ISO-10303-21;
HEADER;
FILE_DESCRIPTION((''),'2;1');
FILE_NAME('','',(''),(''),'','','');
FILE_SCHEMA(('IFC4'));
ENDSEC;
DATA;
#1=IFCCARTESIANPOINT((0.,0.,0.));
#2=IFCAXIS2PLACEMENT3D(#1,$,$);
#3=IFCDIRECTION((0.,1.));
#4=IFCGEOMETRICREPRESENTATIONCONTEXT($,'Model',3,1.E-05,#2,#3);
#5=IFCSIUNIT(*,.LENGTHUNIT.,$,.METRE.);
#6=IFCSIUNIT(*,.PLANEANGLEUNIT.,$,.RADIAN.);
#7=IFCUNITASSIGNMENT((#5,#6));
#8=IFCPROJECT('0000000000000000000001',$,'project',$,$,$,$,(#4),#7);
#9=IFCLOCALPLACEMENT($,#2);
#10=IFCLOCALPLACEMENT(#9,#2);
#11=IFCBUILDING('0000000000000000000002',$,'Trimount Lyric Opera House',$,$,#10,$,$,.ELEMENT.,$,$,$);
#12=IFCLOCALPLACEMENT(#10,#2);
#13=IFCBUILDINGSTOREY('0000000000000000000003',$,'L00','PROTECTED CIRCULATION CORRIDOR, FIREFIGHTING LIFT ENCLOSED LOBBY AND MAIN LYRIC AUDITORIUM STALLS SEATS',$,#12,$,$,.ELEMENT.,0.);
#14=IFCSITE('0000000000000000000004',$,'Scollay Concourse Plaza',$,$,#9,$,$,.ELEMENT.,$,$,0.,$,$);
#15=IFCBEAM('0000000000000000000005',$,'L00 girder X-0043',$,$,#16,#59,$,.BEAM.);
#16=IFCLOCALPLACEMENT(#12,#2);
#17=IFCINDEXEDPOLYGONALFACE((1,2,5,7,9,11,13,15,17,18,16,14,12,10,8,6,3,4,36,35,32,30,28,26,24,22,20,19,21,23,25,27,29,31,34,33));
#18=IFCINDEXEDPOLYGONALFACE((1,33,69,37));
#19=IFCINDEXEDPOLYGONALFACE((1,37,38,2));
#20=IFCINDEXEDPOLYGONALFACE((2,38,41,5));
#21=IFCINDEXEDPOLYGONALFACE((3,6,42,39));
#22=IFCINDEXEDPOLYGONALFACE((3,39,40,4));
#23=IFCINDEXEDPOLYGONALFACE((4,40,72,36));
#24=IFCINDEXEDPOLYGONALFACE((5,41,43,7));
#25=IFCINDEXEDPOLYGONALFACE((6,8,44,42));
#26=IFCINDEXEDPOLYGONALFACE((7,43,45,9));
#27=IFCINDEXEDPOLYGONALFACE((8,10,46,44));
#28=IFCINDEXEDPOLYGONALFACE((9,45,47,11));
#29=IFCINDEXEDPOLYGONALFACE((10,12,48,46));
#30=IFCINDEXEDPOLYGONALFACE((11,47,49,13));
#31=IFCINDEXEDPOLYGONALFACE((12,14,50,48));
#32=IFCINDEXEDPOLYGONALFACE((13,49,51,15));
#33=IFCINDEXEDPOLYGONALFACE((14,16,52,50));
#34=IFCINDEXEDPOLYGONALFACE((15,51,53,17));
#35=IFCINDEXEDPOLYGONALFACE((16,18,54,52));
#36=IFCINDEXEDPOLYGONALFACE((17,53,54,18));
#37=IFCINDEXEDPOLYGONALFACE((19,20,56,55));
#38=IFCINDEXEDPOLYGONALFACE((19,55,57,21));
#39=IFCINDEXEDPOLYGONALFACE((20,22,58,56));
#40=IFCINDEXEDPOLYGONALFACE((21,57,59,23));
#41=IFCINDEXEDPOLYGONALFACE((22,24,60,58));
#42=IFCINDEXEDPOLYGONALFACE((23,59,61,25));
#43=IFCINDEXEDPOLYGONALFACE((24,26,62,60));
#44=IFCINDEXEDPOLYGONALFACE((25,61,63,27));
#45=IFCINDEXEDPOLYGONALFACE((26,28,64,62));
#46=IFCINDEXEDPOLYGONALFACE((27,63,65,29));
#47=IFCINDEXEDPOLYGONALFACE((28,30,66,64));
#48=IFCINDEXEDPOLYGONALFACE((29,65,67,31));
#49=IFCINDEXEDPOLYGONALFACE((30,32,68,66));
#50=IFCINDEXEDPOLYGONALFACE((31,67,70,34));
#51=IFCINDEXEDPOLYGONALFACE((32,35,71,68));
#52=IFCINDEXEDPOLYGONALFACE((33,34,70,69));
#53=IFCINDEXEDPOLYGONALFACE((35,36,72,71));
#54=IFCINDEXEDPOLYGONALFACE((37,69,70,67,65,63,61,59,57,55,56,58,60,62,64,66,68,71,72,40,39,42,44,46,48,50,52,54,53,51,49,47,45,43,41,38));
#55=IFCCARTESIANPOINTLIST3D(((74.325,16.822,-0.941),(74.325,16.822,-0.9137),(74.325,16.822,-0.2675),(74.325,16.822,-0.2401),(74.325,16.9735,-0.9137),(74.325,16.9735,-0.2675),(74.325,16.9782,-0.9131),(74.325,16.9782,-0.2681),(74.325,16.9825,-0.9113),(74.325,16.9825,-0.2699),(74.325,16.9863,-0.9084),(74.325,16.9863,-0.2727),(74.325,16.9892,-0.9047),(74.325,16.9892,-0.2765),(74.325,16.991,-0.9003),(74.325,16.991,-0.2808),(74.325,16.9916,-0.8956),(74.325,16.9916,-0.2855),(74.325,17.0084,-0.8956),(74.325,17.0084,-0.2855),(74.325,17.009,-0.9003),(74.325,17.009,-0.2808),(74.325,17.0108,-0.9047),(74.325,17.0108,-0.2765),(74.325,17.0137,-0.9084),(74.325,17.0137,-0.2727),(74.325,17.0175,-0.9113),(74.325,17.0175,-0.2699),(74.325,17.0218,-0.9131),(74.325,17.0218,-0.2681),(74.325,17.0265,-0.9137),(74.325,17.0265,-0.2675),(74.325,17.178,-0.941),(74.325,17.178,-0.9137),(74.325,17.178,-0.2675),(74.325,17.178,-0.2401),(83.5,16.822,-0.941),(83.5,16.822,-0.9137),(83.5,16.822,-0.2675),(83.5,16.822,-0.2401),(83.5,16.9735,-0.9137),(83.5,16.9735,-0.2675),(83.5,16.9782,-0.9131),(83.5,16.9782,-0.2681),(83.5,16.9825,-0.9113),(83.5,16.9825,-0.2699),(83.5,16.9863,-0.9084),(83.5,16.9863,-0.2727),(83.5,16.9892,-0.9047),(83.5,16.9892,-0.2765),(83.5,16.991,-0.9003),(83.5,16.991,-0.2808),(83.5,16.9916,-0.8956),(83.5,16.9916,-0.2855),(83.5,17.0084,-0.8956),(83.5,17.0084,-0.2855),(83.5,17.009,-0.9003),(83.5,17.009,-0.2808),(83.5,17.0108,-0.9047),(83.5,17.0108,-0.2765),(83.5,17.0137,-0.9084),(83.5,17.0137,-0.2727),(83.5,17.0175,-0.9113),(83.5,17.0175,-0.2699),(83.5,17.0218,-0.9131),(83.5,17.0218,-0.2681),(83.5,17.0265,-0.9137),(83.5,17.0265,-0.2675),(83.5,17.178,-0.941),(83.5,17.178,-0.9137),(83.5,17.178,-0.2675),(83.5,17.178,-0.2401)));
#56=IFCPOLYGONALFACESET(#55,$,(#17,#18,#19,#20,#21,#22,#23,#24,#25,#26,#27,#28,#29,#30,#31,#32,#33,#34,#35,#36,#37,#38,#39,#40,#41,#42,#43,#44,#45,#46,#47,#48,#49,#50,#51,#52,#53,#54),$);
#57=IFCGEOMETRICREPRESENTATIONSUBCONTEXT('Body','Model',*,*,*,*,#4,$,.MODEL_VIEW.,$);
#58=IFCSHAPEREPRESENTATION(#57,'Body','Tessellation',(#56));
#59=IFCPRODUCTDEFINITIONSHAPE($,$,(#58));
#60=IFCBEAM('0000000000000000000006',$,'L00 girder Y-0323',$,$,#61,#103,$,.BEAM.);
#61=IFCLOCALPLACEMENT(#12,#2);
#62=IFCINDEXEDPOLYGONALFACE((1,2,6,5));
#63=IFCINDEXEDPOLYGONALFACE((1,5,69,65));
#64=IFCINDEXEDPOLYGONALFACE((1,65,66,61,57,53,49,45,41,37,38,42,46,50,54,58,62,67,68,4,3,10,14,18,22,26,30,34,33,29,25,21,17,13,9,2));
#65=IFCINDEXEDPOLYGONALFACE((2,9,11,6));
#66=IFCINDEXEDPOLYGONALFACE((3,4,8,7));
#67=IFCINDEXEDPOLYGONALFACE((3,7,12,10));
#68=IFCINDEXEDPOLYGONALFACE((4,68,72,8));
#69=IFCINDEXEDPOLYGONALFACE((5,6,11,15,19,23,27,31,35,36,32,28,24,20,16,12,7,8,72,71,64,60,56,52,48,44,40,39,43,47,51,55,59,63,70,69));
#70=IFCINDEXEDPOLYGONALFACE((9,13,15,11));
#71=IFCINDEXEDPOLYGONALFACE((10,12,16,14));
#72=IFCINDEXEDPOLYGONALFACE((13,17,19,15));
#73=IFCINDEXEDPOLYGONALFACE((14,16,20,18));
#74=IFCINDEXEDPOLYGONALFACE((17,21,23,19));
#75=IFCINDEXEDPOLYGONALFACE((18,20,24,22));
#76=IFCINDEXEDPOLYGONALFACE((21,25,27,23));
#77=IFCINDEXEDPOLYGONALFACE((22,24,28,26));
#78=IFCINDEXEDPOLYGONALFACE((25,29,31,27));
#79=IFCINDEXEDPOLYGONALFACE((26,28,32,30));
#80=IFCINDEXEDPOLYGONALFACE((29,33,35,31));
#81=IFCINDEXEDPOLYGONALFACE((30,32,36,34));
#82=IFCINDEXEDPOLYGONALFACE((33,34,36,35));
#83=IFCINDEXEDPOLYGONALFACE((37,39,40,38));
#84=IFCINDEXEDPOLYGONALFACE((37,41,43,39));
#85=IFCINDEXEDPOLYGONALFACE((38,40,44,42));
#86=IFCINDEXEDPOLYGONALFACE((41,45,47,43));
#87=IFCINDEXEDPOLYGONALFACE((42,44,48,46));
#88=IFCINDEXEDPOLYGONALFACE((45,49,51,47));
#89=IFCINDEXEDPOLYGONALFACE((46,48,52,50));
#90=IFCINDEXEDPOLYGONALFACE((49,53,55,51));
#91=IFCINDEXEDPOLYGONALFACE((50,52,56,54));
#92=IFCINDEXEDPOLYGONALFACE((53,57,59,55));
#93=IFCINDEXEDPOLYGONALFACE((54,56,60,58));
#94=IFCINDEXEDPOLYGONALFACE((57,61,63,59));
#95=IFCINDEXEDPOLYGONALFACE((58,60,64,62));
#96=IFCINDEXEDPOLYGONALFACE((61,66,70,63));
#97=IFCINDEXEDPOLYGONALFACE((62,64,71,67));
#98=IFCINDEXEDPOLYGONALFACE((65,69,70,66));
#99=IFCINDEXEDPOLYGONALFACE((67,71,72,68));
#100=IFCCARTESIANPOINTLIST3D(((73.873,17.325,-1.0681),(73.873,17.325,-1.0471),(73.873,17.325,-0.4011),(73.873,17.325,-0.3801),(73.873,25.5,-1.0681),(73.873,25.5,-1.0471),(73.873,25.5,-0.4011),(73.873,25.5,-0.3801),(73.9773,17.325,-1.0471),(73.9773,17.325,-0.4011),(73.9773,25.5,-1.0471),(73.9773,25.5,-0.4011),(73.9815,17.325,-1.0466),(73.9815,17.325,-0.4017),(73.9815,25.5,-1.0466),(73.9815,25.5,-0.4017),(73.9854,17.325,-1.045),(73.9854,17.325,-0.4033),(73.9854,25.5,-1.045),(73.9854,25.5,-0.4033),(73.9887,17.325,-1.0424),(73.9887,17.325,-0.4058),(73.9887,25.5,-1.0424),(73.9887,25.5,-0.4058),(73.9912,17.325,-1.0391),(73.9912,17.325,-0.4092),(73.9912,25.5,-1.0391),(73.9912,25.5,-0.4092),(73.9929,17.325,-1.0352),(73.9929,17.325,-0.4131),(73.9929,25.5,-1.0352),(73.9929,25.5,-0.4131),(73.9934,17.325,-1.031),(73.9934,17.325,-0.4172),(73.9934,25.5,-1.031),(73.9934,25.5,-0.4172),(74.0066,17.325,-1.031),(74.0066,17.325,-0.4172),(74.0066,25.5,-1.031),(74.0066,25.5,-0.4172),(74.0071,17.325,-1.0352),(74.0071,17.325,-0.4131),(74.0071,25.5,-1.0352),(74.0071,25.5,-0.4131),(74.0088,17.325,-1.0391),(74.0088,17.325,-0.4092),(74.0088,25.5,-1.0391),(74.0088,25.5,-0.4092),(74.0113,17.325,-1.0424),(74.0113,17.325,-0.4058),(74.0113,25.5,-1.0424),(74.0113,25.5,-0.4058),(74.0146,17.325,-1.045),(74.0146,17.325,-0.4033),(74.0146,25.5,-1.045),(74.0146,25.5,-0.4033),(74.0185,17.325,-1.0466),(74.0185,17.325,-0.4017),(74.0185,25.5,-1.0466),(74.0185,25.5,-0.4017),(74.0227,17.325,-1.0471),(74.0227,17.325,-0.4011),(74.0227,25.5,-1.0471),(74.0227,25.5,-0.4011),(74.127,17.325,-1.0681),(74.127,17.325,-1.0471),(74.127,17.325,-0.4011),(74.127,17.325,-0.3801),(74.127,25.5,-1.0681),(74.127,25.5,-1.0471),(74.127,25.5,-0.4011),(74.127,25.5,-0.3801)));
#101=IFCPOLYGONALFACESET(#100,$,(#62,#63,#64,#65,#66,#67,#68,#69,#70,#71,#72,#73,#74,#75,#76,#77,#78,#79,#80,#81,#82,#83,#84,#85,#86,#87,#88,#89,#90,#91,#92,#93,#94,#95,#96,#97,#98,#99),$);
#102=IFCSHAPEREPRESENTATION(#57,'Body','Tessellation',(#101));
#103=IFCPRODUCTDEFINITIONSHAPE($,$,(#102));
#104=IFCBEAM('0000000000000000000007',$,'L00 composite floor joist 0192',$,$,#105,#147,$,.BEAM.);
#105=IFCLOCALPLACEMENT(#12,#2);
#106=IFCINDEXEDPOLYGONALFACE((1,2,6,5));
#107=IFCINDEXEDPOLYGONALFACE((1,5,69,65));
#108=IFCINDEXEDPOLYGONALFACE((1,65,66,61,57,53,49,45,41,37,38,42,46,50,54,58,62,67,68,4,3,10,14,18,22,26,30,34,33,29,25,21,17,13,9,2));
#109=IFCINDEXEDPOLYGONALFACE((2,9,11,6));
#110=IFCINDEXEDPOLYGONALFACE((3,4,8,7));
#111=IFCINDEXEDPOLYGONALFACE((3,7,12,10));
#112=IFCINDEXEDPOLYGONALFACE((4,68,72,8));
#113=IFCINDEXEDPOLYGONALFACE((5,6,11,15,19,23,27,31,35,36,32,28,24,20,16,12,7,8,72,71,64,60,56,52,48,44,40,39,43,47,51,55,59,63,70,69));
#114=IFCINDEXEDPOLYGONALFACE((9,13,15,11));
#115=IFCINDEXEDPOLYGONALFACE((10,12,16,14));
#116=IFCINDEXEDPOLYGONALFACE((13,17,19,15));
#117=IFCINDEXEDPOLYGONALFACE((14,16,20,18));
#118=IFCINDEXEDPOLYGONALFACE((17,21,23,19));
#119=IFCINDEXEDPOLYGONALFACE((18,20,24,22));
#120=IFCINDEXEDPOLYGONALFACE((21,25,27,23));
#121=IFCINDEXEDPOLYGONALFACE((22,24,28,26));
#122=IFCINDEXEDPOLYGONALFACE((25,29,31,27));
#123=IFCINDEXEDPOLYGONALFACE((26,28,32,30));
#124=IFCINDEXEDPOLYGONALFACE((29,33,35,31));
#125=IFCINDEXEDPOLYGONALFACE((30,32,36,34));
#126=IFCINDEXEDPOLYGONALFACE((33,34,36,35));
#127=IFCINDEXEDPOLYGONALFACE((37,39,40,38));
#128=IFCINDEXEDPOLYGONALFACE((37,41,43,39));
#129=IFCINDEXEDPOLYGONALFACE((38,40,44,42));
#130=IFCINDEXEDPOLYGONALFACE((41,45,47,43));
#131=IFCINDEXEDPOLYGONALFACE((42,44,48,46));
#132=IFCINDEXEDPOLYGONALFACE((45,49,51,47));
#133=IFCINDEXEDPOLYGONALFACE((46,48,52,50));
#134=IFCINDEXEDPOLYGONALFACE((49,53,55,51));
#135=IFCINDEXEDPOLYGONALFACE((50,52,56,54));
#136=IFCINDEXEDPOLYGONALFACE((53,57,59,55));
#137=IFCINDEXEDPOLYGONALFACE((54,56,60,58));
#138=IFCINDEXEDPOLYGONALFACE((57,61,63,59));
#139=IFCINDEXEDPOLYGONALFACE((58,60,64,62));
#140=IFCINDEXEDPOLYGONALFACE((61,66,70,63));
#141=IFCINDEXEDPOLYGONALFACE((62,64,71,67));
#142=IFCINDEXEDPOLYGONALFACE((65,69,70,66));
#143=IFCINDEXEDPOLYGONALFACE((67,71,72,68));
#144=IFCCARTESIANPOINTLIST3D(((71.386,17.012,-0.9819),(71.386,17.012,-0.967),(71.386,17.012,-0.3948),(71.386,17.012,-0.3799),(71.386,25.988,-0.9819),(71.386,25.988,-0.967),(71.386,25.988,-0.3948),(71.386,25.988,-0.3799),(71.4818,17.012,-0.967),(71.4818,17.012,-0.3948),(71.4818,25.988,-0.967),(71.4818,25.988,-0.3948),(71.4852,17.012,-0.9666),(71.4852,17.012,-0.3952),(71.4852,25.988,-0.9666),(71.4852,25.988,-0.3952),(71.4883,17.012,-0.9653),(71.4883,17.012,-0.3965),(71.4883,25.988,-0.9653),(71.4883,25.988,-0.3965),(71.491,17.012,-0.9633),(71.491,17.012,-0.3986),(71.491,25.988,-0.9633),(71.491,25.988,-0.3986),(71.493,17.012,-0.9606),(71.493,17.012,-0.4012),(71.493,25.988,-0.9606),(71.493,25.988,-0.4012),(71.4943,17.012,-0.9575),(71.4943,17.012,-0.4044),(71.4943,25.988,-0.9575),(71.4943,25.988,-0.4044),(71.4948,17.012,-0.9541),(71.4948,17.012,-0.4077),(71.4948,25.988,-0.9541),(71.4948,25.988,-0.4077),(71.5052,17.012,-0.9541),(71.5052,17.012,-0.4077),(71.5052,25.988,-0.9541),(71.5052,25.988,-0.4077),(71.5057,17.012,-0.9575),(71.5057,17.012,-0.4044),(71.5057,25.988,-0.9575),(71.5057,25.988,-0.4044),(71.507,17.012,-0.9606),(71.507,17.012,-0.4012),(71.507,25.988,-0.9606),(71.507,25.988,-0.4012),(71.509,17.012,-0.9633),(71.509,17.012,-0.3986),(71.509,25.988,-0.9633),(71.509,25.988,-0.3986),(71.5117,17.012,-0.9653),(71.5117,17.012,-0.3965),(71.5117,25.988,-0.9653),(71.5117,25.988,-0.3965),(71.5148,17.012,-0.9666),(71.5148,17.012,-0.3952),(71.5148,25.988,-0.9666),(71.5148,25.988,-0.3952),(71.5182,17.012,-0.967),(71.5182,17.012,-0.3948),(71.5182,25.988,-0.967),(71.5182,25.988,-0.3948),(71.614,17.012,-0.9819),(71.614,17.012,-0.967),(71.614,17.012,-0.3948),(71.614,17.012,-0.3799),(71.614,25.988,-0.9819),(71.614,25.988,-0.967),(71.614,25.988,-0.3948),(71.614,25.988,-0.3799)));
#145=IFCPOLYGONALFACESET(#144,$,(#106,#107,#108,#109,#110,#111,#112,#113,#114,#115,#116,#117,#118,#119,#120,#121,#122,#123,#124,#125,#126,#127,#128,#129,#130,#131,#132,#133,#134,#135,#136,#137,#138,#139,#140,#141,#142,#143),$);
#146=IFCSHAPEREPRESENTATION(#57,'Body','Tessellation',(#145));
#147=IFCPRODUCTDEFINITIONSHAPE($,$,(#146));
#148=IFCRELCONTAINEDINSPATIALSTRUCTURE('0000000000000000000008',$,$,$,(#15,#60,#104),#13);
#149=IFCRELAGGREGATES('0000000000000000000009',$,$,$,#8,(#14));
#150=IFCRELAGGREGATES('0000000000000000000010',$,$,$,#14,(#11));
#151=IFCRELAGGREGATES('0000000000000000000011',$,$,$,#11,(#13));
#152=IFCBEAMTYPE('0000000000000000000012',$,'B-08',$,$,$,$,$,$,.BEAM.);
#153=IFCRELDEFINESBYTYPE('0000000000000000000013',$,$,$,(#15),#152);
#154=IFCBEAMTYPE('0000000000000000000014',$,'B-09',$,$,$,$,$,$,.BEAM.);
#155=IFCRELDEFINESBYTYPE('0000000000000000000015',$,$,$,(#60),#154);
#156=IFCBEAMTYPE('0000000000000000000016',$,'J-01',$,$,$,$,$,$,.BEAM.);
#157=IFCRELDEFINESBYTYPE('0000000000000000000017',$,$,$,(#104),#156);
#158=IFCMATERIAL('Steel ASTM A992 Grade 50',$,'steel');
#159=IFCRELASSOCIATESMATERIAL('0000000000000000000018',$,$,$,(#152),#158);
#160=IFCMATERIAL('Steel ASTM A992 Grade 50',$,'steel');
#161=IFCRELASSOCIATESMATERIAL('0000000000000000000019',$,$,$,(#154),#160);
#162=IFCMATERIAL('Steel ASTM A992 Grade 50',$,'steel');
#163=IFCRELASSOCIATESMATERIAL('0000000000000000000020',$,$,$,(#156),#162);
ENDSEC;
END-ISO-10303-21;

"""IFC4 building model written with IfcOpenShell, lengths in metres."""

from ifc_helpers import new_model, si_unit, direction, frame, origin, origin_2d, place, context, subcontext, project, spatial, i_section, extrude, material, material_profile, profile_set, type_object, element, save


model = new_model("IFC4")

# Units and contexts
model_context = context("Model", 3, precision=1e-05, world=origin(), true_north=direction((0.0, 1.0)))
body_context = subcontext(model_context, "Body", "Model", "MODEL_VIEW")
ifc_project = project(units=[si_unit("LENGTHUNIT", "METRE"), si_unit("PLANEANGLEUNIT", "RADIAN")], contexts=[model_context])

# Site, building, storey
site_placement = place(None, origin())
site = spatial("IfcSite", under=ifc_project, at=site_placement, Name="Scollay Concourse Plaza", CompositionType="ELEMENT", RefElevation=0.0)
building_placement = place(site_placement, origin())
building = spatial("IfcBuilding", under=site, at=building_placement, Name="Trimount Lyric Opera House", CompositionType="ELEMENT")
storey_placement = place(building_placement, origin())
storey = spatial("IfcBuildingStorey", under=building, at=storey_placement, Name="L00", Description="PROTECTED CIRCULATION CORRIDOR, FIREFIGHTING LIFT ENCLOSED LOBBY AND MAIN LYRIC AUDITORIUM STALLS SEATS", CompositionType="ELEMENT", Elevation=0.0)

# Beams
ifc_material_1 = material(Name="Steel ASTM A992 Grade 50", Category="steel")
ifc_material_profile_1 = material_profile(ifc_material_1, i_section(OverallWidth=0.356, OverallDepth=0.7009, WebThickness=0.0168, FlangeThickness=0.0273, FilletRadius=0.0181, at=origin_2d()), Name="W27X161")
ifc_profile_set_1 = profile_set([ifc_material_profile_1], Name="Steel ASTM A992 Grade 50")
beam_type_1 = type_object("IfcBeamType", Name="B-08", PredefinedType="BEAM", material=ifc_profile_set_1)
beam_1_placement = place(storey_placement, frame((74.325, 17.0, -0.5906), z_axis=(1.0, 0.0, 0.0), x_axis=(0.0, 1.0, 0.0)))
element("IfcBeam", 1, at=beam_1_placement, inside=storey, type_object=beam_type_1, Name="L00 girder X-0043", PredefinedType="BEAM", context=body_context, shape_type="SweptSolid", body=[
    extrude(i_section(OverallWidth=0.356, OverallDepth=0.7009, WebThickness=0.0168, FlangeThickness=0.0273, FilletRadius=0.0181, at=origin_2d()), origin(), (0.0, 0.0, 1.0), 9.175),
])
ifc_material_2 = material(Name="Steel ASTM A992 Grade 50", Category="steel")
ifc_material_profile_2 = material_profile(ifc_material_2, i_section(OverallWidth=0.2539, OverallDepth=0.688, WebThickness=0.0132, FlangeThickness=0.021, FilletRadius=0.0161, at=origin_2d()), Name="W27X102")
ifc_profile_set_2 = profile_set([ifc_material_profile_2], Name="Steel ASTM A992 Grade 50")
beam_type_2 = type_object("IfcBeamType", Name="B-09", PredefinedType="BEAM", material=ifc_profile_set_2)
beam_2_placement = place(storey_placement, frame((74.0, 17.325, -0.7241), z_axis=(0.0, 1.0, 0.0), x_axis=(-1.0, 0.0, 0.0)))
element("IfcBeam", 2, at=beam_2_placement, inside=storey, type_object=beam_type_2, Name="L00 girder Y-0323", PredefinedType="BEAM", context=body_context, shape_type="SweptSolid", body=[
    extrude(i_section(OverallWidth=0.2539, OverallDepth=0.688, WebThickness=0.0132, FlangeThickness=0.021, FilletRadius=0.0161, at=origin_2d()), origin(), (0.0, 0.0, 1.0), 8.175),
])
ifc_material_3 = material(Name="Steel ASTM A992 Grade 50", Category="steel")
ifc_material_profile_3 = material_profile(ifc_material_3, i_section(OverallWidth=0.228, OverallDepth=0.6021, WebThickness=0.0105, FlangeThickness=0.0149, FilletRadius=0.0129, at=origin_2d()), Name="W24X68")
ifc_profile_set_3 = profile_set([ifc_material_profile_3], Name="Steel ASTM A992 Grade 50")
beam_type_3 = type_object("IfcBeamType", Name="J-01", PredefinedType="BEAM", material=ifc_profile_set_3)
beam_3_placement = place(storey_placement, frame((71.5, 17.012, -0.6809), z_axis=(0.0, 1.0, 0.0), x_axis=(-1.0, 0.0, 0.0)))
element("IfcBeam", 3, at=beam_3_placement, inside=storey, type_object=beam_type_3, Name="L00 composite floor joist 0192", PredefinedType="BEAM", context=body_context, shape_type="SweptSolid", body=[
    extrude(i_section(OverallWidth=0.228, OverallDepth=0.6021, WebThickness=0.0105, FlangeThickness=0.0149, FilletRadius=0.0129, at=origin_2d()), origin(), (0.0, 0.0, 1.0), 8.9761),
])

save(model, "model.ifc")
